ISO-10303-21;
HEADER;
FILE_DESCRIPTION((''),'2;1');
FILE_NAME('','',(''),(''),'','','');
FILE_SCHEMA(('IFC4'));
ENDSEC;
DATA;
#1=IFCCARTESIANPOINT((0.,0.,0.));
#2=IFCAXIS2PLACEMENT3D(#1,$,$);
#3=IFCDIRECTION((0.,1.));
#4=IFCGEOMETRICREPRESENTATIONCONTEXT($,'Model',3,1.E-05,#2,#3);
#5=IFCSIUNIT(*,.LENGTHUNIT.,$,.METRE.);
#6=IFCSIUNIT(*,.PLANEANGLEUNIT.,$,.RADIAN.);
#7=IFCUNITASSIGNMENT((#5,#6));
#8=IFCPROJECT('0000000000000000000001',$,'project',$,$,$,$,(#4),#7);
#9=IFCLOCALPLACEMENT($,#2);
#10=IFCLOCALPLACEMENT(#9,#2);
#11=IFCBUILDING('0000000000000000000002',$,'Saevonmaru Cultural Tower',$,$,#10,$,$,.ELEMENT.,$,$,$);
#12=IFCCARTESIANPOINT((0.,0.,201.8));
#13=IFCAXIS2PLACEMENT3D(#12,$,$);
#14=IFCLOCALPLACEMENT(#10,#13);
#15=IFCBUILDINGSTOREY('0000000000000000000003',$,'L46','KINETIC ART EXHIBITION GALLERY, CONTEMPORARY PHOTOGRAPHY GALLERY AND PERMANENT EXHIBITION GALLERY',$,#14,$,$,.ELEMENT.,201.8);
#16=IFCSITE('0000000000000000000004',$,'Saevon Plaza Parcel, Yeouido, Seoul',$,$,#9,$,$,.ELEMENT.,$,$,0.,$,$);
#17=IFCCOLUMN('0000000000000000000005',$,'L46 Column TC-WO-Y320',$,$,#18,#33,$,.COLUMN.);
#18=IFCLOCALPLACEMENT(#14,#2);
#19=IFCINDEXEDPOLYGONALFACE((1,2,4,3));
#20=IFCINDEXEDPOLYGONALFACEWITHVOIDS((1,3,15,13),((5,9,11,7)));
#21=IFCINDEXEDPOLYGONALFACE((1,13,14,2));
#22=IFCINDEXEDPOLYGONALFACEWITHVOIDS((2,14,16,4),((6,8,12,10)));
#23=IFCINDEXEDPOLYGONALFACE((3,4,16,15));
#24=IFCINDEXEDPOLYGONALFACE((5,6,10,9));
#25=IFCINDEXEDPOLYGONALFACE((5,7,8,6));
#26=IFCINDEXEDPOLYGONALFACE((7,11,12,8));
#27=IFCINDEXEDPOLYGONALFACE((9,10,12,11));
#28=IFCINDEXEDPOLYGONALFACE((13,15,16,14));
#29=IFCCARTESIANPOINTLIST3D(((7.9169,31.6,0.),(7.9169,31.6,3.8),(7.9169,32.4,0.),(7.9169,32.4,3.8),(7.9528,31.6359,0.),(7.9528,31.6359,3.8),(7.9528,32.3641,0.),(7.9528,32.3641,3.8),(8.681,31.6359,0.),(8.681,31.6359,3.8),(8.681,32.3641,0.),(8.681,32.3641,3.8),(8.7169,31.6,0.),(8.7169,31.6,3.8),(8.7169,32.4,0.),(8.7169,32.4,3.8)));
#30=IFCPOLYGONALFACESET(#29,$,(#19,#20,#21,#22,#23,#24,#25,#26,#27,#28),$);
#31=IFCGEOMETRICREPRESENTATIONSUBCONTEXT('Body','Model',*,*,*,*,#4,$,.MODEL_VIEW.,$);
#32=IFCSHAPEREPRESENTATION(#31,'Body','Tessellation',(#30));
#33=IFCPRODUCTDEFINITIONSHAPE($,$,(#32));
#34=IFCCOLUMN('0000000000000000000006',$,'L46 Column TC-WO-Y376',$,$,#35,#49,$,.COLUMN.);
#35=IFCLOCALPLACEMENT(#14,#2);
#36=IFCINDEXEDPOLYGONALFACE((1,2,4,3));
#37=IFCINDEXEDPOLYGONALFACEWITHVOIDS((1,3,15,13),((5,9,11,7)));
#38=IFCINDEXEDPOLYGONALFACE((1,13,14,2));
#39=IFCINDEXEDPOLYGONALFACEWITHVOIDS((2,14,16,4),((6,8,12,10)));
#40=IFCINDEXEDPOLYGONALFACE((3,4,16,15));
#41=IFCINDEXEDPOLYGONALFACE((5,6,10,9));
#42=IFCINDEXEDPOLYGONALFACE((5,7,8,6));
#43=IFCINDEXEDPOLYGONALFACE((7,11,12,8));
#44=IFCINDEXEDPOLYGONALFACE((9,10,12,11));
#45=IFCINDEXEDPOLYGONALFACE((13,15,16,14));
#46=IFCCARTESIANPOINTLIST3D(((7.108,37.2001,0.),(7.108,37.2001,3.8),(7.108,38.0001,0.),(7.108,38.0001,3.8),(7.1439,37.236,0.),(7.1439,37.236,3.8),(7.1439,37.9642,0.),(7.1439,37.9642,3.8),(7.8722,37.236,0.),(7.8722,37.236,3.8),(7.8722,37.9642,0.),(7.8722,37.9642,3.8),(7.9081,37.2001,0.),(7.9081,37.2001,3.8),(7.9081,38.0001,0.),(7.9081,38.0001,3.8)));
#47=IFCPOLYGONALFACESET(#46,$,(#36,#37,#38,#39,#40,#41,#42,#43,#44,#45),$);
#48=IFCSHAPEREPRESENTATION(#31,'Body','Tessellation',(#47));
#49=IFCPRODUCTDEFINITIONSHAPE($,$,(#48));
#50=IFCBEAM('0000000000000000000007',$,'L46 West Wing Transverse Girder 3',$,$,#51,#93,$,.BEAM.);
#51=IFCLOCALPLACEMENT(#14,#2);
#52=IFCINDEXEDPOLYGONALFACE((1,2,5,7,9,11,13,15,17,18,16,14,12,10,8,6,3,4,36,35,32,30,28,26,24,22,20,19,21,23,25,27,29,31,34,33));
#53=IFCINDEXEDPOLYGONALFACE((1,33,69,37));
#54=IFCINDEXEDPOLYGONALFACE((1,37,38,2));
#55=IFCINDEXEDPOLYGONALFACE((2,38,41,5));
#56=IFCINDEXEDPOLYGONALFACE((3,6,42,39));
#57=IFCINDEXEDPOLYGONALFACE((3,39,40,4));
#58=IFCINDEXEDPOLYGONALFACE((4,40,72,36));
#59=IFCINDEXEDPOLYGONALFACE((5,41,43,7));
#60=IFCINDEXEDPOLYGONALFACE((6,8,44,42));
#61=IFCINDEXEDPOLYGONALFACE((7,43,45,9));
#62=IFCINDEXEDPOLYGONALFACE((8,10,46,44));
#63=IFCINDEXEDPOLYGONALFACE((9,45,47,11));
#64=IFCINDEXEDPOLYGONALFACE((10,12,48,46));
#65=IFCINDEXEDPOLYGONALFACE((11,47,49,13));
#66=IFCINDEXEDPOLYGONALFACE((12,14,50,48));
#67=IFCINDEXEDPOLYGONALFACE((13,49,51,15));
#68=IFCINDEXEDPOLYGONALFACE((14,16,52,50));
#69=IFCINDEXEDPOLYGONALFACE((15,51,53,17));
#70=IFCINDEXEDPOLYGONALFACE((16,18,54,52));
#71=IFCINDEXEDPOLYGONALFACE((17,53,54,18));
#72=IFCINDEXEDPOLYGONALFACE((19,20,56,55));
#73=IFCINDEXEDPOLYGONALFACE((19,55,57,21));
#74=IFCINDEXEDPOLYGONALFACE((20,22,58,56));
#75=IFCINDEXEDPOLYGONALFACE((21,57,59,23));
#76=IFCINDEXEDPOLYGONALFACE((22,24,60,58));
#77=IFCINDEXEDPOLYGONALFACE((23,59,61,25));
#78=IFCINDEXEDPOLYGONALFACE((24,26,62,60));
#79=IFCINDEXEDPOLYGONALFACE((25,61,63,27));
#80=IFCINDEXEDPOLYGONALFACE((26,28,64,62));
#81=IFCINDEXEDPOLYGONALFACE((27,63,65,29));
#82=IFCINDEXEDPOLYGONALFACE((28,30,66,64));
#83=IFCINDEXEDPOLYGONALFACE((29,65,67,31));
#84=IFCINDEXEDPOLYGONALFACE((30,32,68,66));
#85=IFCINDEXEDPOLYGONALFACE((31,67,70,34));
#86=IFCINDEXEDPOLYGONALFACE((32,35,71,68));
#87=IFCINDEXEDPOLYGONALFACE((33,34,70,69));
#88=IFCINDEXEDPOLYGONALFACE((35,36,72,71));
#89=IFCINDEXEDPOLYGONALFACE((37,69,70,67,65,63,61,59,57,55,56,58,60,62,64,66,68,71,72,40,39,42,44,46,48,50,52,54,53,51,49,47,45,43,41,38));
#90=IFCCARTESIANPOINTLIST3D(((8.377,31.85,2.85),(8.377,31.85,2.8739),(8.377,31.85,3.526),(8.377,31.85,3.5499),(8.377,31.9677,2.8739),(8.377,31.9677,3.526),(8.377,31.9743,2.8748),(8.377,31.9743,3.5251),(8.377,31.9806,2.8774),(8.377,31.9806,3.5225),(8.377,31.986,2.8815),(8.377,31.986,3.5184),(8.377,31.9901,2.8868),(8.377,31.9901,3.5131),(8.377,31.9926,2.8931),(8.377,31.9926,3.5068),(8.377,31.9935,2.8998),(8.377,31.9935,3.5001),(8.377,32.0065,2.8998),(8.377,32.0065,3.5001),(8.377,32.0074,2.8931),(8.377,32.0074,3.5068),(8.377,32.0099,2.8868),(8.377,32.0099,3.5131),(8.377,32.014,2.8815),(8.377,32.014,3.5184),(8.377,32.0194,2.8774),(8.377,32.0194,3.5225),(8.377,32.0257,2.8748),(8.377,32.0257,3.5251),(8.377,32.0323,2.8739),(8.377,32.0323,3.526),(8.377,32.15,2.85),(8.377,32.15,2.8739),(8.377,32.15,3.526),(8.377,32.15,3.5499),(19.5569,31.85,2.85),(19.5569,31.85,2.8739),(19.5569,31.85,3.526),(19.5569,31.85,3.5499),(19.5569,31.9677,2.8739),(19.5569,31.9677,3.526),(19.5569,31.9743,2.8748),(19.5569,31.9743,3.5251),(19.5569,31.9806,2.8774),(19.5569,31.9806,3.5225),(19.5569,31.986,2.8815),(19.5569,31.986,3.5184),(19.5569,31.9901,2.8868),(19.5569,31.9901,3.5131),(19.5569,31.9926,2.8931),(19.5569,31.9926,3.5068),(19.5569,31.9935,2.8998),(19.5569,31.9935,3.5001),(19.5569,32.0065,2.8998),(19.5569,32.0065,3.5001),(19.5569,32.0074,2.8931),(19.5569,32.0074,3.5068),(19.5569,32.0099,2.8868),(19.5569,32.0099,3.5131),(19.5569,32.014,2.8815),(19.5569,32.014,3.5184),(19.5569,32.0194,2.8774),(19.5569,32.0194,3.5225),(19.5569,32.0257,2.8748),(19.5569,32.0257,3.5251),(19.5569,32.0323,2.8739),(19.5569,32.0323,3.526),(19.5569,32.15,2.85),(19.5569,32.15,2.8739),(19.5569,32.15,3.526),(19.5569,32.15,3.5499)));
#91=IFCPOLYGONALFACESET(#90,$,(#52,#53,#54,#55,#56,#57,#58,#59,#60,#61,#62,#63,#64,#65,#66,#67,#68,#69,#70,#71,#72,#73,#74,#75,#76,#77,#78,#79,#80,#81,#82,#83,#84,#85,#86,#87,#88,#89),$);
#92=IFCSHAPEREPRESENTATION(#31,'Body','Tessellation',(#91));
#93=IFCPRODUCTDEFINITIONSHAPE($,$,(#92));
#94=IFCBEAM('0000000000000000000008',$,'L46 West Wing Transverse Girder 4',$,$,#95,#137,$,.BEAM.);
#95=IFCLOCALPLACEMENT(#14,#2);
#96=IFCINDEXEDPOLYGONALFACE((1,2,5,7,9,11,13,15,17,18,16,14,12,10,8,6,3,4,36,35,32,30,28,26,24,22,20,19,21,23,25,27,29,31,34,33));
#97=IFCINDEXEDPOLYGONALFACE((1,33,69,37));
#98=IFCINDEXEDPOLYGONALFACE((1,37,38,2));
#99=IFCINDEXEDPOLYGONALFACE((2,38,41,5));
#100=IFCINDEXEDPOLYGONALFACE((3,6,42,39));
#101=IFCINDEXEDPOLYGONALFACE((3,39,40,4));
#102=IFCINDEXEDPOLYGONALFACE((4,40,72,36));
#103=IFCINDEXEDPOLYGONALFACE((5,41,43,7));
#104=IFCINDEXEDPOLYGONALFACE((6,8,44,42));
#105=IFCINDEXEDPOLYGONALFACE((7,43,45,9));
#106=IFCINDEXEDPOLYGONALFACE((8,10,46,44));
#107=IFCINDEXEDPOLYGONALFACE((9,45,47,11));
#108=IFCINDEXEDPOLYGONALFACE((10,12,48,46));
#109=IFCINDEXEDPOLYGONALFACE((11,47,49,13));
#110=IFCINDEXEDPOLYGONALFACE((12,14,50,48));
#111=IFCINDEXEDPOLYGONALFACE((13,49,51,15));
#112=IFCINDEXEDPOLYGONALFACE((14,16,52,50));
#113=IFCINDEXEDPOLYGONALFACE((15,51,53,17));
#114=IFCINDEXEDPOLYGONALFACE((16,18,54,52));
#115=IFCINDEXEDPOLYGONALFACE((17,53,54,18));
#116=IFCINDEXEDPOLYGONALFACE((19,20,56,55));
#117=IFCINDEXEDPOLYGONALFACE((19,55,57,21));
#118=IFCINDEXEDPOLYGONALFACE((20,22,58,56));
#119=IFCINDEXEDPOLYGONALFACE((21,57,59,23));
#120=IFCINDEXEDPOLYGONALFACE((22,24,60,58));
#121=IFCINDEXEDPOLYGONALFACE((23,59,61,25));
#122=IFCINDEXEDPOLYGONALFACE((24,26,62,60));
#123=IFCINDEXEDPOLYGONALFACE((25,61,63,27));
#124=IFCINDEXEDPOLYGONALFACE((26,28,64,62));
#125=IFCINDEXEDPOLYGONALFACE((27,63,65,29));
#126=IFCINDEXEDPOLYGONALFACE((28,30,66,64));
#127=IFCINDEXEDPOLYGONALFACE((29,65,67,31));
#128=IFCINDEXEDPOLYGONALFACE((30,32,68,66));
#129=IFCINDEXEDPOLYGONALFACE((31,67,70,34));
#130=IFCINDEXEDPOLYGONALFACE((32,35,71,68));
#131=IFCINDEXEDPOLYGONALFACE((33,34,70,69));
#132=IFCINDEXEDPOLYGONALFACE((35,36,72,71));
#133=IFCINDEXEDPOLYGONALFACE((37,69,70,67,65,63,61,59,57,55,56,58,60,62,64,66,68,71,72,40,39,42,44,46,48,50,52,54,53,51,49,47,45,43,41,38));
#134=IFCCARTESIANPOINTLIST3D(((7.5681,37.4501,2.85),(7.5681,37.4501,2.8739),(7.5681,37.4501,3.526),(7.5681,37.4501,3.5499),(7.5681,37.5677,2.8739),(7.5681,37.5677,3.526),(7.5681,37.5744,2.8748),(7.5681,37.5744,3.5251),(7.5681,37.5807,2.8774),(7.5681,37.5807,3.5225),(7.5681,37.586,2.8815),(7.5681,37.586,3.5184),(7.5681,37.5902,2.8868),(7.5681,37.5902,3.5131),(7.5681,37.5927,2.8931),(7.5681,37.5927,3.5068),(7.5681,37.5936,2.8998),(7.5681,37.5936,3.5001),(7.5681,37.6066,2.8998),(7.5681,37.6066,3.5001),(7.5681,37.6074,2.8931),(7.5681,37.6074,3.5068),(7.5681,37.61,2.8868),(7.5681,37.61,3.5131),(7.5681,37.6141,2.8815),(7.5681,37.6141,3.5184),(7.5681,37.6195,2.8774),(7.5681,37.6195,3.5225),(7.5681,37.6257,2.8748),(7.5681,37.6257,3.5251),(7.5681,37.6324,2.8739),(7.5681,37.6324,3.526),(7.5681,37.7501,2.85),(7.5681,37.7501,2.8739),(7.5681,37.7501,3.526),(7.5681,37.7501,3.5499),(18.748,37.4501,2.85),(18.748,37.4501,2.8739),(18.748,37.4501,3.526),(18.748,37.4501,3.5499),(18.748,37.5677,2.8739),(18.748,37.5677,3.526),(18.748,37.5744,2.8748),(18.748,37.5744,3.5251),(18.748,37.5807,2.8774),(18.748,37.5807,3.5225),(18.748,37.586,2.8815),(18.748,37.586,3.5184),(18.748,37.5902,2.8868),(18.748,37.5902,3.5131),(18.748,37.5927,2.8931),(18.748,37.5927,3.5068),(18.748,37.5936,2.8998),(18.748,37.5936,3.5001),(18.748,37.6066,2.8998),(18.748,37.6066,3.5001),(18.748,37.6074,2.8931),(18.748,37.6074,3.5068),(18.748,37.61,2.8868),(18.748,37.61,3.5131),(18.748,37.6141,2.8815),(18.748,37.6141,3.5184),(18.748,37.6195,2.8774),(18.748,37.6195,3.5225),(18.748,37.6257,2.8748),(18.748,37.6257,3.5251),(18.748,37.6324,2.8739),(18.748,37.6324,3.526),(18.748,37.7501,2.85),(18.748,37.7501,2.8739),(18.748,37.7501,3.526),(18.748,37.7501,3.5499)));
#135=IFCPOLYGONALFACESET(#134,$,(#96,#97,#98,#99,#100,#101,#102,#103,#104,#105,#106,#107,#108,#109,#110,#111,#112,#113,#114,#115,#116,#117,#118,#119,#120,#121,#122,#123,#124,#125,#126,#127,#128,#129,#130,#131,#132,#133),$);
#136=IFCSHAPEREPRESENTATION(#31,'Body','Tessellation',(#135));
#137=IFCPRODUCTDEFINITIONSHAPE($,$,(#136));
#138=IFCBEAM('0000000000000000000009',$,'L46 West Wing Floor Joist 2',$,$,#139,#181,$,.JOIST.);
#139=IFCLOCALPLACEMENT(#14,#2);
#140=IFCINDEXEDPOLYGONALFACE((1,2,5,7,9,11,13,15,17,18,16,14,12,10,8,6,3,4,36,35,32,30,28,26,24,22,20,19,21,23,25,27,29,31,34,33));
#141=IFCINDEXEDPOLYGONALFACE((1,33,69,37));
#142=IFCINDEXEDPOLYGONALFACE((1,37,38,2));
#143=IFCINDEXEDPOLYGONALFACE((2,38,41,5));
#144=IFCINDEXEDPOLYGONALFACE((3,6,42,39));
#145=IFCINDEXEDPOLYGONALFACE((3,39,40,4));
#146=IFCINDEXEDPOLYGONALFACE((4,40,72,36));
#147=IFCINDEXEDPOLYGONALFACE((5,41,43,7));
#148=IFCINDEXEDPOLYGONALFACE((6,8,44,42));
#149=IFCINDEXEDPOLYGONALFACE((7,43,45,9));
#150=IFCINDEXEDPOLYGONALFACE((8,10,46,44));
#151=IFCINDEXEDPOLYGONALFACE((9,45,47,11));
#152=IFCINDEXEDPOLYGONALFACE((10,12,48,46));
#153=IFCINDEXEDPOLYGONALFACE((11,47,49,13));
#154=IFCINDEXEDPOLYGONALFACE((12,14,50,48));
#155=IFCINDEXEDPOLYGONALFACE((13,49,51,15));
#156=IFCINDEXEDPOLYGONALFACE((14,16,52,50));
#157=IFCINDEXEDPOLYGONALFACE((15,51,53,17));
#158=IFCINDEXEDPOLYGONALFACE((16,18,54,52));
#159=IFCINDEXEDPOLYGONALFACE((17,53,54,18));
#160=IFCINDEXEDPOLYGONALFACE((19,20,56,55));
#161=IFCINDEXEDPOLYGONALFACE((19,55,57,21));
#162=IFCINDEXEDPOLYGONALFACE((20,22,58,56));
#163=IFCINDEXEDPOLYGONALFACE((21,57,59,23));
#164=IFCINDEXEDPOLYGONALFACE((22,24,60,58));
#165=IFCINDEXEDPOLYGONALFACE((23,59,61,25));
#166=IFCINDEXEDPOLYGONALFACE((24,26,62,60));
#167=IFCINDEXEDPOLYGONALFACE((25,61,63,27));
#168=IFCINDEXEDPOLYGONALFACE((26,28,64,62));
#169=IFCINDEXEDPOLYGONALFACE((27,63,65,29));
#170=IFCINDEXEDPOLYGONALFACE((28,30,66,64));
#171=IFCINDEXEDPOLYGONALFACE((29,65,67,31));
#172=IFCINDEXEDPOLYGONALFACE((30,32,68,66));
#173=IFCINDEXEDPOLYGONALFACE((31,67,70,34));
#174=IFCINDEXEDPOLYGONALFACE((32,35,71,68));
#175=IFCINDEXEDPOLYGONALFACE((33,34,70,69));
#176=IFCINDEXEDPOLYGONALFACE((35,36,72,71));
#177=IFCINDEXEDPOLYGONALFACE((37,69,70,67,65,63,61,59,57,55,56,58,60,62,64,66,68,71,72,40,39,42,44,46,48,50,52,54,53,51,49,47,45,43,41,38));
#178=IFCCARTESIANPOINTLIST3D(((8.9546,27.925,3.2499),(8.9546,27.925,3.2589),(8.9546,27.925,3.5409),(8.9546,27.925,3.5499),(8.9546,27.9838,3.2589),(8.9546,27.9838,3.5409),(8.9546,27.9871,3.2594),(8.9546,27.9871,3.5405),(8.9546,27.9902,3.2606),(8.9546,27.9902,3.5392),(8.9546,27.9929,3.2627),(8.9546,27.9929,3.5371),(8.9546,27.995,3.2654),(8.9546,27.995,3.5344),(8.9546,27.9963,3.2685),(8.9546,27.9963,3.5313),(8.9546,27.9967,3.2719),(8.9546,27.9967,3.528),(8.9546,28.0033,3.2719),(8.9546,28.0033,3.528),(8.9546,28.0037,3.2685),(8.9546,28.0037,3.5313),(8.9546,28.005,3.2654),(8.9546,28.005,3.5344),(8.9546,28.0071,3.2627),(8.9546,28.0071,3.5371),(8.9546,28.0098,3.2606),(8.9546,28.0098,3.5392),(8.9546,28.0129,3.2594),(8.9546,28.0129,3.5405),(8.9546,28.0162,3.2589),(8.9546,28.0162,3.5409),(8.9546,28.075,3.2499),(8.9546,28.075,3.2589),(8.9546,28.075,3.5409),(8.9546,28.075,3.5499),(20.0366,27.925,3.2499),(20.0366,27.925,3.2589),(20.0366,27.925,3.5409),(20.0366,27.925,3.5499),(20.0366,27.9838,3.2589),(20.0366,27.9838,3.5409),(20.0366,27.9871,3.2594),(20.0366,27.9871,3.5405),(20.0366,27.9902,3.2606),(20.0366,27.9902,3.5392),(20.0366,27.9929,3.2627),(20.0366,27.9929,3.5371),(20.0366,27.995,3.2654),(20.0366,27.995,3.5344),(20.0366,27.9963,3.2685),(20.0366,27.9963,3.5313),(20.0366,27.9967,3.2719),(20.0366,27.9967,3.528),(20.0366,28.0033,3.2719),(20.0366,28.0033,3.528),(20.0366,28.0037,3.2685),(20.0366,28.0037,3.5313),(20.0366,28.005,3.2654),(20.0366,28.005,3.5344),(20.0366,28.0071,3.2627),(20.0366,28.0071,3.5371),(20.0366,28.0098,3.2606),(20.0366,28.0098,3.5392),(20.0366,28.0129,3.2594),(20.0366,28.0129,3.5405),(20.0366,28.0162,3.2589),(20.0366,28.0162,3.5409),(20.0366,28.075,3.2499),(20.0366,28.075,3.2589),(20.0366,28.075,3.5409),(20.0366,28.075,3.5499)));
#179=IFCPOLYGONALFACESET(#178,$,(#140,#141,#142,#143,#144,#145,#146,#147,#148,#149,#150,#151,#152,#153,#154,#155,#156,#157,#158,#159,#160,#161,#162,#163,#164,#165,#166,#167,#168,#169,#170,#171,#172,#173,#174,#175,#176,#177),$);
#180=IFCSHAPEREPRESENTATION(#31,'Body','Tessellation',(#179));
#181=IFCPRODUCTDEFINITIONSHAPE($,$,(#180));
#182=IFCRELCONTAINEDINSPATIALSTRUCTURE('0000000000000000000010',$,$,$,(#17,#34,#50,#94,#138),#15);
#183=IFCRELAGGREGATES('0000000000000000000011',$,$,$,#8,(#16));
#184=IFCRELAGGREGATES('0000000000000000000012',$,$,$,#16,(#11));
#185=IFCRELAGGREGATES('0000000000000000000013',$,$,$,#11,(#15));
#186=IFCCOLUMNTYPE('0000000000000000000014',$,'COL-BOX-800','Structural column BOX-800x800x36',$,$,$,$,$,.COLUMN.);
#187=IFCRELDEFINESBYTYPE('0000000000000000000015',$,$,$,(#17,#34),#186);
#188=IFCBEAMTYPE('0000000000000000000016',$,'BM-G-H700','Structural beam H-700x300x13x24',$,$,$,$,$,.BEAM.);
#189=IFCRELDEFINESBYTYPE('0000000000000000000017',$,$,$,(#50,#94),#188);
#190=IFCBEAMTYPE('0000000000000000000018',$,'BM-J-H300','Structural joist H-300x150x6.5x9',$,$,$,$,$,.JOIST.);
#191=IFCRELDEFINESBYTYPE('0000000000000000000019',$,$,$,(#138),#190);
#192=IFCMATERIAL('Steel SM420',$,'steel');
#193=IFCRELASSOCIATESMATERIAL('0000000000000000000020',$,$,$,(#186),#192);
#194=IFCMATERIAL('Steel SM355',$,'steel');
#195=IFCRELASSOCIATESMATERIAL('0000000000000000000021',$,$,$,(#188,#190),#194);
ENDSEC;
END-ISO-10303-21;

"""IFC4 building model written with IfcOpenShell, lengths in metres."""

from ifc_helpers import new_model, si_unit, direction, frame, origin, origin_2d, place, context, subcontext, project, spatial, hollow_rectangle, i_section, extrude, material, material_profile, profile_set, type_object, element, save


model = new_model("IFC4")

# Units and contexts
model_context = context("Model", 3, precision=1e-05, world=origin(), true_north=direction((0.0, 1.0)))
body_context = subcontext(model_context, "Body", "Model", "MODEL_VIEW")
ifc_project = project(units=[si_unit("LENGTHUNIT", "METRE"), si_unit("PLANEANGLEUNIT", "RADIAN")], contexts=[model_context])

# Site, building, storey
site_placement = place(None, origin())
site = spatial("IfcSite", under=ifc_project, at=site_placement, Name="Saevon Plaza Parcel, Yeouido, Seoul", CompositionType="ELEMENT", RefElevation=0.0)
building_placement = place(site_placement, origin())
building = spatial("IfcBuilding", under=site, at=building_placement, Name="Saevonmaru Cultural Tower", CompositionType="ELEMENT")
storey_placement = place(building_placement, frame((0.0, 0.0, 201.8)))
storey = spatial("IfcBuildingStorey", under=building, at=storey_placement, Name="L46", Description="KINETIC ART EXHIBITION GALLERY, CONTEMPORARY PHOTOGRAPHY GALLERY AND PERMANENT EXHIBITION GALLERY", CompositionType="ELEMENT", Elevation=201.8)

# Columns
ifc_material_1 = material(Name="Steel SM420", Category="steel")
ifc_material_profile_1 = material_profile(ifc_material_1, hollow_rectangle(XDim=0.8, YDim=0.8, WallThickness=0.0359, at=origin_2d()), Name="BOX-800x800x36")
ifc_profile_set_1 = profile_set([ifc_material_profile_1], Name="Steel SM420")
column_type = type_object("IfcColumnType", Name="COL-BOX-800", Description="Structural column BOX-800x800x36", PredefinedType="COLUMN", material=ifc_profile_set_1)
for number, where, z_axis, x_axis, name in (
    (1, (8.3169, 32.0, 0.0), (0.0, 0.0, 1.0), (1.0, 0.0, 0.0), "L46 Column TC-WO-Y320"),
    (2, (7.5081, 37.6001, 0.0), (0.0, 0.0, 1.0), (1.0, 0.0, 0.0), "L46 Column TC-WO-Y376"),
):
    element("IfcColumn", number, at=place(storey_placement, frame(where, z_axis=z_axis, x_axis=x_axis)), inside=storey, type_object=column_type, Name=name, PredefinedType="COLUMN", context=body_context, shape_type="SweptSolid", body=[
        extrude(hollow_rectangle(XDim=0.8, YDim=0.8, WallThickness=0.0359, at=origin_2d()), origin(), (0.0, 0.0, 1.0), 3.8),
    ])

# Beams
ifc_material_2 = material(Name="Steel SM355", Category="steel")
ifc_material_profile_2 = material_profile(ifc_material_2, i_section(OverallWidth=0.3, OverallDepth=0.7, WebThickness=0.0129, FlangeThickness=0.0239, FilletRadius=0.0259, at=origin_2d()), Name="H-700x300x13x24")
ifc_profile_set_2 = profile_set([ifc_material_profile_2], Name="Steel SM355")
beam_type_1 = type_object("IfcBeamType", Name="BM-G-H700", Description="Structural beam H-700x300x13x24", PredefinedType="BEAM", material=ifc_profile_set_2)
for number, where, z_axis, x_axis, name in (
    (3, (8.377, 32.0, 3.2), (1.0, 0.0, 0.0), (0.0, 1.0, 0.0), "L46 West Wing Transverse Girder 3"),
    (4, (7.5681, 37.6001, 3.2), (1.0, 0.0, 0.0), (0.0, 1.0, 0.0), "L46 West Wing Transverse Girder 4"),
):
    element("IfcBeam", number, at=place(storey_placement, frame(where, z_axis=z_axis, x_axis=x_axis)), inside=storey, type_object=beam_type_1, Name=name, PredefinedType="BEAM", context=body_context, shape_type="SweptSolid", body=[
        extrude(i_section(OverallWidth=0.3, OverallDepth=0.7, WebThickness=0.0129, FlangeThickness=0.0239, FilletRadius=0.0259, at=origin_2d()), origin(), (0.0, 0.0, 1.0), 11.1799),
    ])
ifc_material_profile_3 = material_profile(ifc_material_2, i_section(OverallWidth=0.1499, OverallDepth=0.3, WebThickness=0.0066, FlangeThickness=0.009, FilletRadius=0.0129, at=origin_2d()), Name="H-300x150x6.5x9")
ifc_profile_set_3 = profile_set([ifc_material_profile_3], Name="Steel SM355")
beam_type_2 = type_object("IfcBeamType", Name="BM-J-H300", Description="Structural joist H-300x150x6.5x9", PredefinedType="JOIST", material=ifc_profile_set_3)
for number, where, z_axis, x_axis, name in (
    (5, (8.9546, 28.0, 3.3999), (1.0, 0.0, 0.0), (0.0, 1.0, 0.0), "L46 West Wing Floor Joist 2"),
):
    element("IfcBeam", number, at=place(storey_placement, frame(where, z_axis=z_axis, x_axis=x_axis)), inside=storey, type_object=beam_type_2, Name=name, PredefinedType="JOIST", context=body_context, shape_type="SweptSolid", body=[
        extrude(i_section(OverallWidth=0.1499, OverallDepth=0.3, WebThickness=0.0066, FlangeThickness=0.009, FilletRadius=0.0129, at=origin_2d()), origin(), (0.0, 0.0, 1.0), 11.082),
    ])

save(model, "model.ifc")
